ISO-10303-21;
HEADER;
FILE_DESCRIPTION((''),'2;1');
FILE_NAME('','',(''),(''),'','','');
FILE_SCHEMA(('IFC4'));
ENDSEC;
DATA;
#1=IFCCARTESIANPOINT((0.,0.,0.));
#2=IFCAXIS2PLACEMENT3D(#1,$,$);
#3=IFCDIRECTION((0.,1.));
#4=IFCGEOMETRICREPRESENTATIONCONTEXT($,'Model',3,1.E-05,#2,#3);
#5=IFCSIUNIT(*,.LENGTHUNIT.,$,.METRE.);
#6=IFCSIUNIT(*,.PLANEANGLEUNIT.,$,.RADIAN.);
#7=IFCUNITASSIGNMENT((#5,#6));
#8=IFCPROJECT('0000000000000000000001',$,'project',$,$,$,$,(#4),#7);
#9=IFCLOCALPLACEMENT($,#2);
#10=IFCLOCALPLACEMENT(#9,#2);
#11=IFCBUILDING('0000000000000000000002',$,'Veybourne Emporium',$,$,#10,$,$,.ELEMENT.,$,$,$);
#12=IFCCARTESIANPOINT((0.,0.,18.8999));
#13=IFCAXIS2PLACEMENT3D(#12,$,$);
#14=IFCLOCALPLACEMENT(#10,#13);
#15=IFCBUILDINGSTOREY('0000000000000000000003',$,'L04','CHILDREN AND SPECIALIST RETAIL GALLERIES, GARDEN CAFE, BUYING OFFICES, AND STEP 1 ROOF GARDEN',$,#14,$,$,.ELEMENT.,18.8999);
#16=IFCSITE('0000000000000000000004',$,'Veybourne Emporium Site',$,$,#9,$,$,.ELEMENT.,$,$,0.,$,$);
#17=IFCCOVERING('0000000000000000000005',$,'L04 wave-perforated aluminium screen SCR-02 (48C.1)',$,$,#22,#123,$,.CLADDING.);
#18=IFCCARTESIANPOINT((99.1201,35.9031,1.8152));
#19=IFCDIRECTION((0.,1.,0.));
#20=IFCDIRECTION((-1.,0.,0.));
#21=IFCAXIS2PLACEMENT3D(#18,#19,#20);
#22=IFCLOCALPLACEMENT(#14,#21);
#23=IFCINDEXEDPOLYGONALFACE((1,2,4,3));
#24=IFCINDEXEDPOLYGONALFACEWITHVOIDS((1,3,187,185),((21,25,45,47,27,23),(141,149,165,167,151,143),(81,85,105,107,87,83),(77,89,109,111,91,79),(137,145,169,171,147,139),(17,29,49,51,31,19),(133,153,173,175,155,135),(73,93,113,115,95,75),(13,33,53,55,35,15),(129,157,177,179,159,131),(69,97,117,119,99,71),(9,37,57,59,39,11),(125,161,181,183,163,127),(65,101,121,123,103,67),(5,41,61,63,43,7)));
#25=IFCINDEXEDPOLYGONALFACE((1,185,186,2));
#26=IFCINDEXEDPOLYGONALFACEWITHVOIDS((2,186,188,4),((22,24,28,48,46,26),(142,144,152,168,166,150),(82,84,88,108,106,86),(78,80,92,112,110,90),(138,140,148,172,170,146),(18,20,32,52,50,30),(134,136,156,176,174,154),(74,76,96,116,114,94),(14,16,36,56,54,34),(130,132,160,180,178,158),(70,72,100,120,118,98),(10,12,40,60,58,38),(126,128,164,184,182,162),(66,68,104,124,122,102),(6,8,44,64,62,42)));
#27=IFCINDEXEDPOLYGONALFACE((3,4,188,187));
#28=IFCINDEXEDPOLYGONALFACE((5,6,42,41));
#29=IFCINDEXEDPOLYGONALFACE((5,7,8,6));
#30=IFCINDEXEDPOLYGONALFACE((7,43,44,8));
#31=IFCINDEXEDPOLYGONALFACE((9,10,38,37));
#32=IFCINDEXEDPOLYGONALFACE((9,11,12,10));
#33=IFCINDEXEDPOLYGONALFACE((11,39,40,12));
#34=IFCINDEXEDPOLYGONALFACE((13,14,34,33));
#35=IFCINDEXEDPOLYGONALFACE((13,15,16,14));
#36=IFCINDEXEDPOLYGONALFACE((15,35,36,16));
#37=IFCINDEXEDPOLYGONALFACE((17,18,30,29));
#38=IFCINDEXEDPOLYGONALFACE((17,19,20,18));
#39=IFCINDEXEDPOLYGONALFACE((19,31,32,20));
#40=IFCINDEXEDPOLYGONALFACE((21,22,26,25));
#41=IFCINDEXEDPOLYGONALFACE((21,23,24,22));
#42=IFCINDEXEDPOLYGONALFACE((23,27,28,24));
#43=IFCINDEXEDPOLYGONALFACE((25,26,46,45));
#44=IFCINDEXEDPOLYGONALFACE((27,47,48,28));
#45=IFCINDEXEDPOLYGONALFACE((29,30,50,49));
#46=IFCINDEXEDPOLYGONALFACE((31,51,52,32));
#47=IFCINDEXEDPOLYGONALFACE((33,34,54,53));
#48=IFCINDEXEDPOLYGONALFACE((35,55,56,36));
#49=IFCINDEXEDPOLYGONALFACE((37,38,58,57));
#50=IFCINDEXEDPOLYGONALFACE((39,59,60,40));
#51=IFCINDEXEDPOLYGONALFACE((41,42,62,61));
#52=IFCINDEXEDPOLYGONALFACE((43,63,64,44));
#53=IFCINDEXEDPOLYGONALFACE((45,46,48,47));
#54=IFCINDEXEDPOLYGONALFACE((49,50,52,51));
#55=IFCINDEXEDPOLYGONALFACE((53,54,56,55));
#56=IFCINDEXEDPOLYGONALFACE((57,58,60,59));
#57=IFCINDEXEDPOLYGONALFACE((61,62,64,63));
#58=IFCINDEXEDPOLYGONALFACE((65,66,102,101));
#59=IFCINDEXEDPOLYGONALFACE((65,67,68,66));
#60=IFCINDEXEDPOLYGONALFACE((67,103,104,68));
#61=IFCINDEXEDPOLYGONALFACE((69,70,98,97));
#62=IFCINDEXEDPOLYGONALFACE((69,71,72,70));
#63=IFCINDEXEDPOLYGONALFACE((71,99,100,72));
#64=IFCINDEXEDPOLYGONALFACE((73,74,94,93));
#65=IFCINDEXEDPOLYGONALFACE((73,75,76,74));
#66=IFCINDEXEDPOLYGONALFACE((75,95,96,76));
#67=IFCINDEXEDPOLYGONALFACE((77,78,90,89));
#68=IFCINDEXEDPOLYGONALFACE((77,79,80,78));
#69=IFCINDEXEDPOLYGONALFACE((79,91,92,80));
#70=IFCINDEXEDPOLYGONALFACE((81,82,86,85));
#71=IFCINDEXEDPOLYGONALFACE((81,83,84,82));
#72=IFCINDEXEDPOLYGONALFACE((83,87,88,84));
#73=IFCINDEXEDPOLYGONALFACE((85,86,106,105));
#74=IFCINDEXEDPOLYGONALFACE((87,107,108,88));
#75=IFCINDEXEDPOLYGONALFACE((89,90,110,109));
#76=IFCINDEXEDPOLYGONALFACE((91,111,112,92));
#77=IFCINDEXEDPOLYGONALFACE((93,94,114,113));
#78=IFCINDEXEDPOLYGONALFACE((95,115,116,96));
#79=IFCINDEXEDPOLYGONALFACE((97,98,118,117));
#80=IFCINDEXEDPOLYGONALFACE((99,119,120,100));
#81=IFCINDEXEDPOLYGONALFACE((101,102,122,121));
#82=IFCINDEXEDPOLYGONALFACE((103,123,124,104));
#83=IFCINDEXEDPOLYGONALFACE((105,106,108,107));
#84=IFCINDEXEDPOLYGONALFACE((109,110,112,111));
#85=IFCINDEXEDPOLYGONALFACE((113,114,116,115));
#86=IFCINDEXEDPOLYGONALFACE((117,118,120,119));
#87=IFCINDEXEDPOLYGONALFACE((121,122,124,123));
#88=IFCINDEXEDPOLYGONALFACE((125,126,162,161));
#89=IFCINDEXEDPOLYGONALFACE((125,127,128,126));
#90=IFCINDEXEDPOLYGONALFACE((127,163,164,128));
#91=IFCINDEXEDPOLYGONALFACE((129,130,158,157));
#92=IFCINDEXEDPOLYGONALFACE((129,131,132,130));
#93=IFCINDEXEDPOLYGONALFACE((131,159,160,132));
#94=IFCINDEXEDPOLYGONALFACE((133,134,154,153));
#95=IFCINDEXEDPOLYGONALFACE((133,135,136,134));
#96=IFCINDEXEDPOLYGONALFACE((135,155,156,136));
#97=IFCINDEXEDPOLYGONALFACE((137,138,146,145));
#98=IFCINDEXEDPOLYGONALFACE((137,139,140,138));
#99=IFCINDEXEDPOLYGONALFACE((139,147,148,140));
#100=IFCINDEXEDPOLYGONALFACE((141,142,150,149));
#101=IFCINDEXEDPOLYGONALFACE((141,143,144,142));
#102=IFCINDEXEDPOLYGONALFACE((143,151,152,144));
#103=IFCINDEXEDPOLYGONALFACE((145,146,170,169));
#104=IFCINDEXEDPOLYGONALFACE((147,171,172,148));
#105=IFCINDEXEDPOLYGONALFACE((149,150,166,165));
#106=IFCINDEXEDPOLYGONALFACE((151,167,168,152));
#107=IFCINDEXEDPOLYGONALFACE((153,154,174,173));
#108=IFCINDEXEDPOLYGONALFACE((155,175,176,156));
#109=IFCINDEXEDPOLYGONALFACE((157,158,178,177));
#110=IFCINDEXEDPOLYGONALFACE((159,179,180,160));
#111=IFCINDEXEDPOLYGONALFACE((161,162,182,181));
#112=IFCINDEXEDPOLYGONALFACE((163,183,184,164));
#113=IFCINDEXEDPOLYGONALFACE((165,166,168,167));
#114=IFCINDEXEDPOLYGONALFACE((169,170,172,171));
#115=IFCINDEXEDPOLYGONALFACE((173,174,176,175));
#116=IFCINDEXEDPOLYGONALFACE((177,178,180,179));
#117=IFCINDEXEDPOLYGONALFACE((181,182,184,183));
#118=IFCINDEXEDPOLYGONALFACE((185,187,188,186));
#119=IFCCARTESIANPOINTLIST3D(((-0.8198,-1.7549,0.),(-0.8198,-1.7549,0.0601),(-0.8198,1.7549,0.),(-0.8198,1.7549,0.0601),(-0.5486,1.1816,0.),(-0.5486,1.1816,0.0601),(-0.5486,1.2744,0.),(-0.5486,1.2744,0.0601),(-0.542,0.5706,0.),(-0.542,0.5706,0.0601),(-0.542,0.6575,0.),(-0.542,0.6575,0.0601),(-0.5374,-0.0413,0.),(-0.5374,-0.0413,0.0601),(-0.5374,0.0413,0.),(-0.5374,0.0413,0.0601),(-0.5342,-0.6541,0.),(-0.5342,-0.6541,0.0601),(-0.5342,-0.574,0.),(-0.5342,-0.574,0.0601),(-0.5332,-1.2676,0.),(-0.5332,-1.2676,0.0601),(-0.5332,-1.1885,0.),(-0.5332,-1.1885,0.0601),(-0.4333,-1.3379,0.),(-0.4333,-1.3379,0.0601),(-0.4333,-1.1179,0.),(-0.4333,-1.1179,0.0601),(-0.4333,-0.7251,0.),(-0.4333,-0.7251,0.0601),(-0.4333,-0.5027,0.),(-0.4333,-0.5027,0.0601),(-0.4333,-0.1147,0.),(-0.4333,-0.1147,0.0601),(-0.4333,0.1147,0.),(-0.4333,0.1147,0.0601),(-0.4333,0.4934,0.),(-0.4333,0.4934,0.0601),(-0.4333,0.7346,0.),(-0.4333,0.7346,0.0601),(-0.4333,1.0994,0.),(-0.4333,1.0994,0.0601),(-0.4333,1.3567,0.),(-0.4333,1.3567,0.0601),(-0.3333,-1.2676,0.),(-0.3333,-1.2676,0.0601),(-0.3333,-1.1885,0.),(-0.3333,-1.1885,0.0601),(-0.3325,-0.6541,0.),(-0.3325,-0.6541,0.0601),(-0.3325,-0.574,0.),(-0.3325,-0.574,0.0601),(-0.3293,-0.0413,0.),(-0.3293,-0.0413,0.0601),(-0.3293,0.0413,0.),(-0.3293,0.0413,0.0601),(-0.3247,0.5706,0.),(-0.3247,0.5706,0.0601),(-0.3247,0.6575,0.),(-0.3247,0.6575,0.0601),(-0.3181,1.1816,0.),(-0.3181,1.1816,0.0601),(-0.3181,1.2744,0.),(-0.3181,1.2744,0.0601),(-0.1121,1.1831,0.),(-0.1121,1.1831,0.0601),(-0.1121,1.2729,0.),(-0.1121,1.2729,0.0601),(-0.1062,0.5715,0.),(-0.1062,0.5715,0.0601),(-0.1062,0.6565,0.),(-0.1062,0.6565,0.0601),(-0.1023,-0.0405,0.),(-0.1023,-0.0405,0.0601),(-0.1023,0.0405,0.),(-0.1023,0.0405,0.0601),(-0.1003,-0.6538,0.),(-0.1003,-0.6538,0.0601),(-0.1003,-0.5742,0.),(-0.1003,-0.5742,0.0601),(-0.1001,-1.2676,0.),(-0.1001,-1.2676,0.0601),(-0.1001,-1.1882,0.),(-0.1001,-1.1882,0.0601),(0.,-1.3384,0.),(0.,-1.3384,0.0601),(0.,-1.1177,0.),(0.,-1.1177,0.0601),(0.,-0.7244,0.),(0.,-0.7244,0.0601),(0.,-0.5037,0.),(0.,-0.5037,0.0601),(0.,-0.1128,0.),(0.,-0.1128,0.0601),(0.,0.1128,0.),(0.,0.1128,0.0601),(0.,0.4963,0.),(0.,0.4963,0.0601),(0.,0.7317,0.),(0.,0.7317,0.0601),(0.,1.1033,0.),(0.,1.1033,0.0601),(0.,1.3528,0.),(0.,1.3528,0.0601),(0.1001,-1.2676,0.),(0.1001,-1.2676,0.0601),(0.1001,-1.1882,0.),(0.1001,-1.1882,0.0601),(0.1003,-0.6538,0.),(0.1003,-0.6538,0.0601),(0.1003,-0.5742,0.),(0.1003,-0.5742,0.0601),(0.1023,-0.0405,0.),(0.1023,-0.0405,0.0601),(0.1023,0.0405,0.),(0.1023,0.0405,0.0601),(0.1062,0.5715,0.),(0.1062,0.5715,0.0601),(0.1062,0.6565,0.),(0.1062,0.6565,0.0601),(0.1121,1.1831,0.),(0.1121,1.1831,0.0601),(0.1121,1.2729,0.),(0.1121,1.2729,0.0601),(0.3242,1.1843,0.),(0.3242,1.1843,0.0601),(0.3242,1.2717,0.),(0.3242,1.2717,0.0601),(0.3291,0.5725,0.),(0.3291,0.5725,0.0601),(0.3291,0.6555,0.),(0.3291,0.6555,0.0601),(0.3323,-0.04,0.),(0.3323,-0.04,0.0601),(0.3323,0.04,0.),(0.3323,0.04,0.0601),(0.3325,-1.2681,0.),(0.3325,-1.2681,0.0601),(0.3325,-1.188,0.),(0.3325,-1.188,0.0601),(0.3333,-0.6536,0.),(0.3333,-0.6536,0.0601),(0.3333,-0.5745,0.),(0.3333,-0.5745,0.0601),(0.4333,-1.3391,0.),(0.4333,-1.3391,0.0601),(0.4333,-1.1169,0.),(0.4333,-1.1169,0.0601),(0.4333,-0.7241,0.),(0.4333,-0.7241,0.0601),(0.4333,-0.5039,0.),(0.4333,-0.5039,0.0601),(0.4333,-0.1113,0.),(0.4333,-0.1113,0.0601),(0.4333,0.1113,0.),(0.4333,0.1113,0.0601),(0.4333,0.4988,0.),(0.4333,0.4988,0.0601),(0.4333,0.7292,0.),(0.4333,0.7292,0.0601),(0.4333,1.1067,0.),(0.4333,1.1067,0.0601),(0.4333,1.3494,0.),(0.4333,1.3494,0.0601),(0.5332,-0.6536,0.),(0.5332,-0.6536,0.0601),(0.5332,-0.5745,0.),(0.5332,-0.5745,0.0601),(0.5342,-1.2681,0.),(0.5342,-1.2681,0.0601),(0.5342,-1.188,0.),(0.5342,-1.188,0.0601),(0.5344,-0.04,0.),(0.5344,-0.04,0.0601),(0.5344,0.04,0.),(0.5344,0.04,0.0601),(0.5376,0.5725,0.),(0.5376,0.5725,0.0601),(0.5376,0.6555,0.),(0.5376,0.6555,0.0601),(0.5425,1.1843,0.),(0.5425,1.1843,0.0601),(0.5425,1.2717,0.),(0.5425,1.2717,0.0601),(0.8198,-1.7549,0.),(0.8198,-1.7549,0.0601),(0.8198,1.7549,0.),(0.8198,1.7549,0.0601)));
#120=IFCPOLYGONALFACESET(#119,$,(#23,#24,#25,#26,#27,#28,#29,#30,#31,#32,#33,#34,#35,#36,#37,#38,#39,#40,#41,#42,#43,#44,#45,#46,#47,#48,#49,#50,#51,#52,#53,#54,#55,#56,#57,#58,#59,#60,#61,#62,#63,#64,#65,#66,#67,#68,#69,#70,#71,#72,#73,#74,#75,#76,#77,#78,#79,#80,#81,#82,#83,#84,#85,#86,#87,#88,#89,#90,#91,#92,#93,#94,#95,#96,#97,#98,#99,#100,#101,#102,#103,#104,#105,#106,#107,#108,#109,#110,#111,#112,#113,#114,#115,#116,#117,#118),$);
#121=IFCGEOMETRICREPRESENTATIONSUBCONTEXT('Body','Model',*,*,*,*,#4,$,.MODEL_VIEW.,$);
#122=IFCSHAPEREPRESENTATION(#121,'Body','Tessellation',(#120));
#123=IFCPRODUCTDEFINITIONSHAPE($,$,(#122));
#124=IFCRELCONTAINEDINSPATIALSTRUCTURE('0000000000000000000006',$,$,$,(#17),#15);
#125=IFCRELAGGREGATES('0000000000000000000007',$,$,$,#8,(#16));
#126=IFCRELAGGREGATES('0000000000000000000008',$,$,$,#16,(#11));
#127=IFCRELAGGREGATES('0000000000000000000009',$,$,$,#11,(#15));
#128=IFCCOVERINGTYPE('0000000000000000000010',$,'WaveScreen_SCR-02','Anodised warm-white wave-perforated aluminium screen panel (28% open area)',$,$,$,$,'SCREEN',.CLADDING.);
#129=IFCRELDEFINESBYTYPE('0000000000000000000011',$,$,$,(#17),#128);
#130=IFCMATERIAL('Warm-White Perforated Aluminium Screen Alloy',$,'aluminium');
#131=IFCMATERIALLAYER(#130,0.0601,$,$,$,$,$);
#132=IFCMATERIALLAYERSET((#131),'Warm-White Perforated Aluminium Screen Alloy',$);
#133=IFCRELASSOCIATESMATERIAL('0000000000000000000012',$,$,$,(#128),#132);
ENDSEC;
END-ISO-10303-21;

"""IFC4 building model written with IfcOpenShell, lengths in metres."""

from ifc_helpers import new_model, si_unit, direction, frame, origin, place, context, subcontext, project, spatial, polyline, outline, extrude, material, layer, layer_set, type_object, element, save


model = new_model("IFC4")

# Units and contexts
model_context = context("Model", 3, precision=1e-05, world=origin(), true_north=direction((0.0, 1.0)))
body_context = subcontext(model_context, "Body", "Model", "MODEL_VIEW")
ifc_project = project(units=[si_unit("LENGTHUNIT", "METRE"), si_unit("PLANEANGLEUNIT", "RADIAN")], contexts=[model_context])

# Site, building, storey
site_placement = place(None, origin())
site = spatial("IfcSite", under=ifc_project, at=site_placement, Name="Veybourne Emporium Site", CompositionType="ELEMENT", RefElevation=0.0)
building_placement = place(site_placement, origin())
building = spatial("IfcBuilding", under=site, at=building_placement, Name="Veybourne Emporium", CompositionType="ELEMENT")
storey_placement = place(building_placement, frame((0.0, 0.0, 18.8999)))
storey = spatial("IfcBuildingStorey", under=building, at=storey_placement, Name="L04", Description="CHILDREN AND SPECIALIST RETAIL GALLERIES, GARDEN CAFE, BUYING OFFICES, AND STEP 1 ROOF GARDEN", CompositionType="ELEMENT", Elevation=18.8999)

# Covering
ifc_material_1 = material(Name="Warm-White Perforated Aluminium Screen Alloy", Category="aluminium")
ifc_layer_1 = layer(ifc_material_1, 0.0601)
ifc_layer_set_1 = layer_set([ifc_layer_1], Name="Warm-White Perforated Aluminium Screen Alloy")
covering_type_1 = type_object("IfcCoveringType", Name="WaveScreen_SCR-02", Description="Anodised warm-white wave-perforated aluminium screen panel (28% open area)", ElementType="SCREEN", PredefinedType="CLADDING", material=ifc_layer_set_1)
covering_1_placement = place(storey_placement, frame((99.1201, 35.9031, 1.8152), z_axis=(0.0, 1.0, 0.0), x_axis=(-1.0, 0.0, 0.0)))
element("IfcCovering", 1, at=covering_1_placement, inside=storey, type_object=covering_type_1, Name="L04 wave-perforated aluminium screen SCR-02 (48C.1)", PredefinedType="CLADDING", context=body_context, shape_type="SweptSolid", body=[
    extrude(outline(polyline([(-0.8198, -1.7549), (0.8198, -1.7549), (0.8198, 1.7549), (-0.8198, 1.7549), (-0.8198, -1.7549)]), holes=[polyline([(-0.4333, -1.1179), (-0.3333, -1.1885), (-0.3333, -1.2676), (-0.4333, -1.3379), (-0.5332, -1.2676), (-0.5332, -1.1885), (-0.4333, -1.1179)]), polyline([(-0.4333, -0.5027), (-0.3325, -0.574), (-0.3325, -0.6541), (-0.4333, -0.7251), (-0.5342, -0.6541), (-0.5342, -0.574), (-0.4333, -0.5027)]), polyline([(-0.4333, 0.1147), (-0.3293, 0.0413), (-0.3293, -0.0413), (-0.4333, -0.1147), (-0.5374, -0.0413), (-0.5374, 0.0413), (-0.4333, 0.1147)]), polyline([(-0.4333, 0.7346), (-0.3247, 0.6575), (-0.3247, 0.5706), (-0.4333, 0.4934), (-0.542, 0.5706), (-0.542, 0.6575), (-0.4333, 0.7346)]), polyline([(-0.4333, 1.3567), (-0.3181, 1.2744), (-0.3181, 1.1816), (-0.4333, 1.0994), (-0.5486, 1.1816), (-0.5486, 1.2744), (-0.4333, 1.3567)]), polyline([(0.0, -1.1177), (0.1001, -1.1882), (0.1001, -1.2676), (0.0, -1.3384), (-0.1001, -1.2676), (-0.1001, -1.1882), (0.0, -1.1177)]), polyline([(0.0, -0.5037), (0.1003, -0.5742), (0.1003, -0.6538), (0.0, -0.7244), (-0.1003, -0.6538), (-0.1003, -0.5742), (0.0, -0.5037)]), polyline([(0.0, 0.1128), (0.1023, 0.0405), (0.1023, -0.0405), (0.0, -0.1128), (-0.1023, -0.0405), (-0.1023, 0.0405), (0.0, 0.1128)]), polyline([(0.0, 0.7317), (0.1062, 0.6565), (0.1062, 0.5715), (0.0, 0.4963), (-0.1062, 0.5715), (-0.1062, 0.6565), (0.0, 0.7317)]), polyline([(0.0, 1.3528), (0.1121, 1.2729), (0.1121, 1.1831), (0.0, 1.1033), (-0.1121, 1.1831), (-0.1121, 1.2729), (0.0, 1.3528)]), polyline([(0.4333, -1.1169), (0.5342, -1.188), (0.5342, -1.2681), (0.4333, -1.3391), (0.3325, -1.2681), (0.3325, -1.188), (0.4333, -1.1169)]), polyline([(0.4333, -0.5039), (0.5332, -0.5745), (0.5332, -0.6536), (0.4333, -0.7241), (0.3333, -0.6536), (0.3333, -0.5745), (0.4333, -0.5039)]), polyline([(0.4333, 0.1113), (0.5344, 0.04), (0.5344, -0.04), (0.4333, -0.1113), (0.3323, -0.04), (0.3323, 0.04), (0.4333, 0.1113)]), polyline([(0.4333, 0.7292), (0.5376, 0.6555), (0.5376, 0.5725), (0.4333, 0.4988), (0.3291, 0.5725), (0.3291, 0.6555), (0.4333, 0.7292)]), polyline([(0.4333, 1.3494), (0.5425, 1.2717), (0.5425, 1.1843), (0.4333, 1.1067), (0.3242, 1.1843), (0.3242, 1.2717), (0.4333, 1.3494)])]), origin(), (0.0, 0.0, 1.0), 0.0601),
])

save(model, "model.ifc")
